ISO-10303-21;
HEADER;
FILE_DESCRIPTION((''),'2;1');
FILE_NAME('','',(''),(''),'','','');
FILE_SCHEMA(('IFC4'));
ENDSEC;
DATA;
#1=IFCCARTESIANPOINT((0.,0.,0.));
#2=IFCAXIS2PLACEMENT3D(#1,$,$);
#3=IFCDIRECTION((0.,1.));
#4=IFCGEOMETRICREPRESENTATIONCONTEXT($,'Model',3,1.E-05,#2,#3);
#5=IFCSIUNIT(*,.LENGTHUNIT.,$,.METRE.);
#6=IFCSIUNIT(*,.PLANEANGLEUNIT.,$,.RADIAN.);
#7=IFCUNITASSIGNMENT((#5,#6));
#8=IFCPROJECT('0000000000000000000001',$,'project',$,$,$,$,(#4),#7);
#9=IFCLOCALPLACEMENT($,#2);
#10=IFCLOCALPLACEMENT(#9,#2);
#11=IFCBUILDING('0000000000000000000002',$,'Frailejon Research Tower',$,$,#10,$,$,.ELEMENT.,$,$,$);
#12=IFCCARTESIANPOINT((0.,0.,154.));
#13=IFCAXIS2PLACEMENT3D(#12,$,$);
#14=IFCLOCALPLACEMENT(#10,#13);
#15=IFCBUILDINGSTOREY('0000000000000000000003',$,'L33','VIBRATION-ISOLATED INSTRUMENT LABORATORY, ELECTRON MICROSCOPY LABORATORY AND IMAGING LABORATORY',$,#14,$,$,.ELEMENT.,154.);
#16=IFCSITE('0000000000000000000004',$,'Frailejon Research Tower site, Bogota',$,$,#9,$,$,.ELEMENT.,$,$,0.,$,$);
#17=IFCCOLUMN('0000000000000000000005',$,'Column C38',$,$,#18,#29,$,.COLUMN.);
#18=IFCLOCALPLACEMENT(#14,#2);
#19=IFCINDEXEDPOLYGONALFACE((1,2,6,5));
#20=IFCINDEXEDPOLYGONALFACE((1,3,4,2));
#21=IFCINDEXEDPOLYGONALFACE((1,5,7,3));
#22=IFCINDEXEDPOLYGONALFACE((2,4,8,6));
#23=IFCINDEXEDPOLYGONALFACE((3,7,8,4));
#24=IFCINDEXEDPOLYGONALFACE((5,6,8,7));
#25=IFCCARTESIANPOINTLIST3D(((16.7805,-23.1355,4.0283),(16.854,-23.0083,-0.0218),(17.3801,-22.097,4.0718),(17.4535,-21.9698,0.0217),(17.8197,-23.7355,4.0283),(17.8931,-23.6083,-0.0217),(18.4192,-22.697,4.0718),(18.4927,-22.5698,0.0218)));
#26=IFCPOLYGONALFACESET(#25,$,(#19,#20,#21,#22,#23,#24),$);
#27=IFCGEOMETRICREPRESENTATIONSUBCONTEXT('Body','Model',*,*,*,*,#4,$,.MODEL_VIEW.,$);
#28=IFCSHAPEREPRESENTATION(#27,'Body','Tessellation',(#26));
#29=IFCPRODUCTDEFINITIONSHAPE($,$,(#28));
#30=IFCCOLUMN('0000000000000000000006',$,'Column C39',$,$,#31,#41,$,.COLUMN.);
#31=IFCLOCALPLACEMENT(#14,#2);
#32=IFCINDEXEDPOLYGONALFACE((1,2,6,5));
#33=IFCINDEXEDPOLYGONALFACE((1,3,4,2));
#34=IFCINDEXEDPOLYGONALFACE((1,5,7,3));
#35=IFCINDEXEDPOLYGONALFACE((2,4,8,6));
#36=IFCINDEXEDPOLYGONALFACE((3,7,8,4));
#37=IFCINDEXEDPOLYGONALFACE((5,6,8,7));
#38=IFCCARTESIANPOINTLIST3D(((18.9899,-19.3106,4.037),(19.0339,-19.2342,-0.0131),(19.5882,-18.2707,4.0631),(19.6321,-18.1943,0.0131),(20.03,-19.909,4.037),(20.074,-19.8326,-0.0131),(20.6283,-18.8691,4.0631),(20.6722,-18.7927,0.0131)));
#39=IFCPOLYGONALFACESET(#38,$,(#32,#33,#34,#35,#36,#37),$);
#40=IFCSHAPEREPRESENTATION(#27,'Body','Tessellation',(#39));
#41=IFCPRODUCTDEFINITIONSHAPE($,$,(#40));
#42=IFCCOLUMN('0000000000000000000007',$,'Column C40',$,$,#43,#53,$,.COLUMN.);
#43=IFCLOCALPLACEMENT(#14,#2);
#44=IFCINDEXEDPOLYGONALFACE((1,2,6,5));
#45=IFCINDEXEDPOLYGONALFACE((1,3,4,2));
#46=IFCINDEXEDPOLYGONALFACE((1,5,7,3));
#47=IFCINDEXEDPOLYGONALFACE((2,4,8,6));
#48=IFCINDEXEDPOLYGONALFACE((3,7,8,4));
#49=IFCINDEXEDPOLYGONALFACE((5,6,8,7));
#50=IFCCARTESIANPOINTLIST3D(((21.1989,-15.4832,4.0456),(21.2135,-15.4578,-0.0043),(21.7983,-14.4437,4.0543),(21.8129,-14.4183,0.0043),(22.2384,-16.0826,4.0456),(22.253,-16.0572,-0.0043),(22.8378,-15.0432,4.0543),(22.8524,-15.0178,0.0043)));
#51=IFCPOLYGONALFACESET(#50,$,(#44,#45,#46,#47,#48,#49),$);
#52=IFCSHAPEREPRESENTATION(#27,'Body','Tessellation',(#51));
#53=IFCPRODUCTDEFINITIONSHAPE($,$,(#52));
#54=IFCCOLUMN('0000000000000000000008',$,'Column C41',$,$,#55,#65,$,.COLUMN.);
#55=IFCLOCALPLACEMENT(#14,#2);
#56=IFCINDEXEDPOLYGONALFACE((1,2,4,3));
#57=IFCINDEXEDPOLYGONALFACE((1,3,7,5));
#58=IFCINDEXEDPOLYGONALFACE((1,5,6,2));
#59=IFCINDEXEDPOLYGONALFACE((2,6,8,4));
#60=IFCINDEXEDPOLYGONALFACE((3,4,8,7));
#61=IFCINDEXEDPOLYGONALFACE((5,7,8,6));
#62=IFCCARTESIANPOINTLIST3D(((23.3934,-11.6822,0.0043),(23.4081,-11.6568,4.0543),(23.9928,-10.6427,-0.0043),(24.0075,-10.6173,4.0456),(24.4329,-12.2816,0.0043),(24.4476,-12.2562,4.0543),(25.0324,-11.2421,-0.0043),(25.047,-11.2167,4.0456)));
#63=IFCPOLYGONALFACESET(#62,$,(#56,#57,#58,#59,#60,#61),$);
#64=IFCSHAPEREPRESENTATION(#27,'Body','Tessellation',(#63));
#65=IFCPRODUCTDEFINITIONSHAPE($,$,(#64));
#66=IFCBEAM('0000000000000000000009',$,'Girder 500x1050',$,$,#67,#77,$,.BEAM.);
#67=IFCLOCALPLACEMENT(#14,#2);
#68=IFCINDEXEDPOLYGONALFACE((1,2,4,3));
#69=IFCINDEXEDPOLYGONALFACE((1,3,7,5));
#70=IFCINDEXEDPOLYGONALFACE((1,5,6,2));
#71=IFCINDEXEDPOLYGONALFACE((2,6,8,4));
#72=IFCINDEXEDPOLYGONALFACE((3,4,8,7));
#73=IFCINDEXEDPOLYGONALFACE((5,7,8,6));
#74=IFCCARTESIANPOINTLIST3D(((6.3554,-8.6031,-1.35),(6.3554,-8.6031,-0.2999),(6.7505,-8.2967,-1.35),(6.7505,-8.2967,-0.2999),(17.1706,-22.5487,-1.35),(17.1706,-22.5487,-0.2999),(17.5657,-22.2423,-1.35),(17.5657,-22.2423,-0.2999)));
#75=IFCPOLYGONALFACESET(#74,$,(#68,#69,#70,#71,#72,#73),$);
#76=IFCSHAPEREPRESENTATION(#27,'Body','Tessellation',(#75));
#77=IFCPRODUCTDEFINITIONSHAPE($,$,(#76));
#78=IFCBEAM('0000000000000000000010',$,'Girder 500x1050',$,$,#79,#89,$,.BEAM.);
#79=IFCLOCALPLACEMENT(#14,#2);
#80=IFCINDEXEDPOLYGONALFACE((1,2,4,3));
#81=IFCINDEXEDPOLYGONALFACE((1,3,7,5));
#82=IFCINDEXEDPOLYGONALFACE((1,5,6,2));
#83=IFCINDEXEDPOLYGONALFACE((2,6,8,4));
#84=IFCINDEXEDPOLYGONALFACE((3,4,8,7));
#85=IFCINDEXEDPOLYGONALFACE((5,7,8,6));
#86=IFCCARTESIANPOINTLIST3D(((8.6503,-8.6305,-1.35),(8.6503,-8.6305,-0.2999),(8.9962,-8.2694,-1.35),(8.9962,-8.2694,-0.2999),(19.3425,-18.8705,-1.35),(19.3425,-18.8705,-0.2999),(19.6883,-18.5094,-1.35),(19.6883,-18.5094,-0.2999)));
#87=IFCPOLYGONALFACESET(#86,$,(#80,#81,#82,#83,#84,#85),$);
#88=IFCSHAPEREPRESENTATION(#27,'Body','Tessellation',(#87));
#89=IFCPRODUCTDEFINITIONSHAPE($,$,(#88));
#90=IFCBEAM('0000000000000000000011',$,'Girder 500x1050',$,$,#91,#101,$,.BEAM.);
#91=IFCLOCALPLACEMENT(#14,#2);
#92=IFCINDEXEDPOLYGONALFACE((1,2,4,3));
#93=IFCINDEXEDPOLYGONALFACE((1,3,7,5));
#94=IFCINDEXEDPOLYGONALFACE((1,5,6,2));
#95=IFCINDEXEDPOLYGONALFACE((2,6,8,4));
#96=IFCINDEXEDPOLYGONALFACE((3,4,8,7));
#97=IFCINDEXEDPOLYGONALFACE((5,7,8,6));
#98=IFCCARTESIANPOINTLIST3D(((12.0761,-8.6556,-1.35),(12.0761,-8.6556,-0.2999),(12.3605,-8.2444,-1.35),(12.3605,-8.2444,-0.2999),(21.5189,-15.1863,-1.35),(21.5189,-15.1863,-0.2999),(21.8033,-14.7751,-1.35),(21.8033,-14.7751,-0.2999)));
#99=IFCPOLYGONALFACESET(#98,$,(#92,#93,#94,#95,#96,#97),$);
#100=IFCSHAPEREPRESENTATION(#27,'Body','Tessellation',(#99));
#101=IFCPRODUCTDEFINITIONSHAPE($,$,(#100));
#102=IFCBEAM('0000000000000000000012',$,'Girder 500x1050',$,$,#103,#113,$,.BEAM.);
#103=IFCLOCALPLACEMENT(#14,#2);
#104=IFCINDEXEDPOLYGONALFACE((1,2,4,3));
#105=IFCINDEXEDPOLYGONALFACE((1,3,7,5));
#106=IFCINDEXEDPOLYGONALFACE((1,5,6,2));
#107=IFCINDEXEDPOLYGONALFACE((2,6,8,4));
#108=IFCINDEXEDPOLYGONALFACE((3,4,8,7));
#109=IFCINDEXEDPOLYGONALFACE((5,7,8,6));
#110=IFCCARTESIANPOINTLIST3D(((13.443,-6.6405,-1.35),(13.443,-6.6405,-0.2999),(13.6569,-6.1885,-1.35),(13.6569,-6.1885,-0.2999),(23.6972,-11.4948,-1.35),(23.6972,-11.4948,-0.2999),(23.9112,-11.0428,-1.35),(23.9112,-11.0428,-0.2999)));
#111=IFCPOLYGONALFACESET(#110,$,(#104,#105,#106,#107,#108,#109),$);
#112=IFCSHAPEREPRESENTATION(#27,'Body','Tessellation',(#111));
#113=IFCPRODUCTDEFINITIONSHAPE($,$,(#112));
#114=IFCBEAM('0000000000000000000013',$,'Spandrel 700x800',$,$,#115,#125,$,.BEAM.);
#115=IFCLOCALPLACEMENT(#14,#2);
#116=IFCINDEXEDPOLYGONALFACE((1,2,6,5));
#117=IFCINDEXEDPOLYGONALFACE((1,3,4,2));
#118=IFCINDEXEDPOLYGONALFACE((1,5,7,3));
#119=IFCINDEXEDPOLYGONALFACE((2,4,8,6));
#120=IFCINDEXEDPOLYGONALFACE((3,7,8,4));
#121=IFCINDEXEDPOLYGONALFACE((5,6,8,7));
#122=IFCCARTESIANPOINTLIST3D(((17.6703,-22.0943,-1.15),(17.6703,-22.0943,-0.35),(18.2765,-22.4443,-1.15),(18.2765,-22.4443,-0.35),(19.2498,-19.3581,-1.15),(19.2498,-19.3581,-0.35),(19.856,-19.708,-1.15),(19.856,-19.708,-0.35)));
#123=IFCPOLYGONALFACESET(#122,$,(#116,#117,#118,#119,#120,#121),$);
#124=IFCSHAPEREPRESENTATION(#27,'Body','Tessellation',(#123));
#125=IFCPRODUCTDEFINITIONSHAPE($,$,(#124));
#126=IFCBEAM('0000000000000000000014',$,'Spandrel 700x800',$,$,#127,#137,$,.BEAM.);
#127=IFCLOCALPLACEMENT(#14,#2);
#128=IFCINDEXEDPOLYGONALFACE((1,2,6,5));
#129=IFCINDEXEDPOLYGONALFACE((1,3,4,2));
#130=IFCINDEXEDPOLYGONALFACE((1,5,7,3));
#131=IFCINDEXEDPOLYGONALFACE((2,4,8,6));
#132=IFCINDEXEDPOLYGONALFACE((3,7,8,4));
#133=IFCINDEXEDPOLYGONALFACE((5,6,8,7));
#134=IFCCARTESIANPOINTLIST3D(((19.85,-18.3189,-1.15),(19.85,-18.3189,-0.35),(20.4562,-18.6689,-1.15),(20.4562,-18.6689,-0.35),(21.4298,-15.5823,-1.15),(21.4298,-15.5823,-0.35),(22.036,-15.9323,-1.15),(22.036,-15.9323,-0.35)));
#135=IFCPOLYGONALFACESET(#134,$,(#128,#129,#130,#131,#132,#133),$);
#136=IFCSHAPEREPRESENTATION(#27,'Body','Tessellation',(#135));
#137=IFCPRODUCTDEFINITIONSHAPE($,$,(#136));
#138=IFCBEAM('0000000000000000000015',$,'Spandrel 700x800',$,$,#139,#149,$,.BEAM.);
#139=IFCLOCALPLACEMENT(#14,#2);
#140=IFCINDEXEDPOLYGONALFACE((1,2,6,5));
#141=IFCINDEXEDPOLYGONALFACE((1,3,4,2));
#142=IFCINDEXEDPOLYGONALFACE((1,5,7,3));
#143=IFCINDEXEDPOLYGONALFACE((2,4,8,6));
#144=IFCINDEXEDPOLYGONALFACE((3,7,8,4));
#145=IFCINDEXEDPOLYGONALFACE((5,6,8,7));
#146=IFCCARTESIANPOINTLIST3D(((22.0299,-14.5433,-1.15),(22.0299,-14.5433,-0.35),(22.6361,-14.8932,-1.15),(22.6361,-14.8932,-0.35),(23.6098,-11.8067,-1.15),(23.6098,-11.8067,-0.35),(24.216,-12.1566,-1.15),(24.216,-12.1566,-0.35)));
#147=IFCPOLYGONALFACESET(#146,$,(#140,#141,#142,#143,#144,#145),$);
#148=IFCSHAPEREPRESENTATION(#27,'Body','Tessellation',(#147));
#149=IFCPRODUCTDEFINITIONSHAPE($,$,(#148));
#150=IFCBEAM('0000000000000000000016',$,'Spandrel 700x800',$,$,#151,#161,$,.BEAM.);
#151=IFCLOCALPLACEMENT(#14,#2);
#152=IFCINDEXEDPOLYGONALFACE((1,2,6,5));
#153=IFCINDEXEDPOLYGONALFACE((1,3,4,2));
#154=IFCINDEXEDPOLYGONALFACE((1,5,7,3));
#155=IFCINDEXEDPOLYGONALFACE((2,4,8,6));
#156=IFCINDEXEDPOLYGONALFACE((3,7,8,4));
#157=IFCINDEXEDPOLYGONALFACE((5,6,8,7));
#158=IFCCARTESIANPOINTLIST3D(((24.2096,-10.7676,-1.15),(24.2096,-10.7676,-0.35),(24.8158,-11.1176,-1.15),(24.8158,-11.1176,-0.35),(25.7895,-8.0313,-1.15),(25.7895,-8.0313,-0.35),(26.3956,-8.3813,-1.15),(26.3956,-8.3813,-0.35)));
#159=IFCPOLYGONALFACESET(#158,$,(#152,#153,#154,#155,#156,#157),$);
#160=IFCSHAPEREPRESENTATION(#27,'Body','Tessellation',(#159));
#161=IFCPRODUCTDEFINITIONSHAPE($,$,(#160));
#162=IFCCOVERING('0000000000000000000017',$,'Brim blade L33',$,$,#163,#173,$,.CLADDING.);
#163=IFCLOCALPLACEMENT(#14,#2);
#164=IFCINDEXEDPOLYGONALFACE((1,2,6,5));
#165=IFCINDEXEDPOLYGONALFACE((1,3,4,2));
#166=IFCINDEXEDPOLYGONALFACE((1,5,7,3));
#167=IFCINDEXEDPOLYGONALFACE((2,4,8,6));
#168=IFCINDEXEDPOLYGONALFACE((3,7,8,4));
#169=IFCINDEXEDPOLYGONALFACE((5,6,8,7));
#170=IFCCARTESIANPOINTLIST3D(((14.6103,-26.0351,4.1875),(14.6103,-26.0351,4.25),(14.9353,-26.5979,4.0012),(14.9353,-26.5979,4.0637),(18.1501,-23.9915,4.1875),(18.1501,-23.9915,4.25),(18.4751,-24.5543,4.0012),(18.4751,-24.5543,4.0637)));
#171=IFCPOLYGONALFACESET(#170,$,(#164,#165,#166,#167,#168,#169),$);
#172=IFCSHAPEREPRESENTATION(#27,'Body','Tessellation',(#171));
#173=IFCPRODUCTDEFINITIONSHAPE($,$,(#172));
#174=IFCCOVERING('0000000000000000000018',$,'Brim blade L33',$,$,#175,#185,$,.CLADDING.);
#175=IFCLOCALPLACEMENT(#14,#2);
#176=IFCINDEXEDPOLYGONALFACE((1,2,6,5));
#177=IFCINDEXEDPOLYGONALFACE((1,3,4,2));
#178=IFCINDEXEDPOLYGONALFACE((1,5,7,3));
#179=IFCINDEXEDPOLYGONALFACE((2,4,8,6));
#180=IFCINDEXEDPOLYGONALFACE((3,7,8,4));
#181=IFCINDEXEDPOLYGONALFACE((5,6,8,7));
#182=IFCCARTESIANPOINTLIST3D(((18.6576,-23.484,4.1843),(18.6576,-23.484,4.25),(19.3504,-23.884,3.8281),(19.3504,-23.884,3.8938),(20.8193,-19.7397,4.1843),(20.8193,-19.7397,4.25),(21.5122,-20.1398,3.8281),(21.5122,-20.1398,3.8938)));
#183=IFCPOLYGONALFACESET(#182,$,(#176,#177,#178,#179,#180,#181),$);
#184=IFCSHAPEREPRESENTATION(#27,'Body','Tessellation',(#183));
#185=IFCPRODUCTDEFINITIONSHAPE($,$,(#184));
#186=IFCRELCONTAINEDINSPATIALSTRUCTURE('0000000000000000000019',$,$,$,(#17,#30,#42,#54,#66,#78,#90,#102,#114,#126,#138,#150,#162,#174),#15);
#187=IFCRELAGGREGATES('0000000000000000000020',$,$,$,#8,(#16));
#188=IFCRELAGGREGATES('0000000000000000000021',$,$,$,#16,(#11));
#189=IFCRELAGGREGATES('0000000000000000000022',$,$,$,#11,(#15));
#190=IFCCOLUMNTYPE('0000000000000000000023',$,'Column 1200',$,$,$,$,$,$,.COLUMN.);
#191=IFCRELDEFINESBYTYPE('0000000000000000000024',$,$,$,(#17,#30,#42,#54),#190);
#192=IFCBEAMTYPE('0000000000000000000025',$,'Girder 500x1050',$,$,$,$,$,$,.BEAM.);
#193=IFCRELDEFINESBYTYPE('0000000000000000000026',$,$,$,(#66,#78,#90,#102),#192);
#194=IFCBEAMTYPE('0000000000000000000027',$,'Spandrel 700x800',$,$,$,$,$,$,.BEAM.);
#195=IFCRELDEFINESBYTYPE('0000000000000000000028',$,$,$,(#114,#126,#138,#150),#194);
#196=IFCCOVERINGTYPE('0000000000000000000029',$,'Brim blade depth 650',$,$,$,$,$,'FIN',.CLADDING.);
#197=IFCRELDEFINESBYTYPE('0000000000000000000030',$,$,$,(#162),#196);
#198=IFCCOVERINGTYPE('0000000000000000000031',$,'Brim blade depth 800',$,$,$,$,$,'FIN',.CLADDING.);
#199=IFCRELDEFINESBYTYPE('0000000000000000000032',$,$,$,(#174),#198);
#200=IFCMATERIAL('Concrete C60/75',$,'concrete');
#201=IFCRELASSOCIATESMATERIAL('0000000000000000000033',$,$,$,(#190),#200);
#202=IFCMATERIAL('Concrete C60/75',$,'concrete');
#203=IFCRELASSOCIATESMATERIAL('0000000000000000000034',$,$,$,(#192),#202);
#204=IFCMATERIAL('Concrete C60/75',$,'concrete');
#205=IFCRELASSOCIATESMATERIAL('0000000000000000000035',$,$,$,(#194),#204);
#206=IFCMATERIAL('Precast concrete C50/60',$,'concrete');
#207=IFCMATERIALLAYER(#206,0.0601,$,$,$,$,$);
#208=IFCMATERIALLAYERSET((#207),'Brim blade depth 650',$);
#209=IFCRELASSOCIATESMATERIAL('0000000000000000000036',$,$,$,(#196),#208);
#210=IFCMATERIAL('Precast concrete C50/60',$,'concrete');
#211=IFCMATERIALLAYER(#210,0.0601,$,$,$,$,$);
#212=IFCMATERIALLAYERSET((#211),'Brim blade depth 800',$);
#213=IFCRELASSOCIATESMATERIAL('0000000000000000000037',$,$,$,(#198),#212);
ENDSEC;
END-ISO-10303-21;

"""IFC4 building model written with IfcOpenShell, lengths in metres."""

from ifc_helpers import new_model, si_unit, direction, frame, origin, origin_2d, place, context, subcontext, project, spatial, polyline, rectangle, outline, extrude, material, layer, layer_set, material_profile, profile_set, type_object, element, save


model = new_model("IFC4")

# Units and contexts
model_context = context("Model", 3, precision=1e-05, world=origin(), true_north=direction((0.0, 1.0)))
body_context = subcontext(model_context, "Body", "Model", "MODEL_VIEW")
ifc_project = project(units=[si_unit("LENGTHUNIT", "METRE"), si_unit("PLANEANGLEUNIT", "RADIAN")], contexts=[model_context])

# Site, building, storey
site_placement = place(None, origin())
site = spatial("IfcSite", under=ifc_project, at=site_placement, Name="Frailejon Research Tower site, Bogota", CompositionType="ELEMENT", RefElevation=0.0)
building_placement = place(site_placement, origin())
building = spatial("IfcBuilding", under=site, at=building_placement, Name="Frailejon Research Tower", CompositionType="ELEMENT")
storey_placement = place(building_placement, frame((0.0, 0.0, 154.0)))
storey = spatial("IfcBuildingStorey", under=building, at=storey_placement, Name="L33", Description="VIBRATION-ISOLATED INSTRUMENT LABORATORY, ELECTRON MICROSCOPY LABORATORY AND IMAGING LABORATORY", CompositionType="ELEMENT", Elevation=154.0)

# Columns
ifc_material_1 = material(Name="Concrete C60/75", Category="concrete")
ifc_material_profile_1 = material_profile(ifc_material_1, rectangle(XDim=1.2, YDim=1.2, at=origin_2d()), Name="Column 1200")
ifc_profile_set_1 = profile_set([ifc_material_profile_1], Name="Concrete C60/75")
column_type = type_object("IfcColumnType", Name="Column 1200", PredefinedType="COLUMN", material=ifc_profile_set_1)
column_1_placement = place(storey_placement, frame((17.6733, -22.7891, 0.0), z_axis=(-0.018133, -0.031386, 0.999343), x_axis=(0.499675, 0.865454, 0.036247)))
element("IfcColumn", 1, at=column_1_placement, inside=storey, type_object=column_type, Name="Column C38", PredefinedType="COLUMN", context=body_context, shape_type="SweptSolid", body=[
    extrude(rectangle(XDim=1.2, YDim=1.2, at=origin_2d()), origin(), (0.0, 0.0, 1.0), 4.0527),
])
column_2_placement = place(storey_placement, frame((19.853, -19.0134, 0.0), z_axis=(-0.010848, -0.018863, 0.999763), x_axis=(0.498562, 0.866581, 0.02176)))
element("IfcColumn", 2, at=column_2_placement, inside=storey, type_object=column_type, Name="Column C39", PredefinedType="COLUMN", context=body_context, shape_type="SweptSolid", body=[
    extrude(rectangle(XDim=1.2, YDim=1.2, at=origin_2d()), origin(), (0.0, 0.0, 1.0), 4.051),
])
for number, where, z_axis, x_axis, name in (
    (3, (22.033, -15.2378, 0.0), (-0.003617, -0.006269, 0.999974), (0.499536, 0.866263, 0.007238), "Column C40"),
    (4, (24.2129, -11.4622, 0.0), (0.003617, 0.006269, 0.999974), (0.499536, 0.866263, -0.007238), "Column C41"),
):
    element("IfcColumn", number, at=place(storey_placement, frame(where, z_axis=z_axis, x_axis=x_axis)), inside=storey, type_object=column_type, Name=name, PredefinedType="COLUMN", context=body_context, shape_type="SweptSolid", body=[
        extrude(rectangle(XDim=1.2, YDim=1.2, at=origin_2d()), origin(), (0.0, 0.0, 1.0), 4.05),
    ])

# Beams
ifc_material_2 = material(Name="Concrete C60/75", Category="concrete")
ifc_material_profile_2 = material_profile(ifc_material_2, rectangle(XDim=0.5, YDim=1.05, at=origin_2d()), Name="Girder 500x1050")
ifc_profile_set_2 = profile_set([ifc_material_profile_2], Name="Concrete C60/75")
beam_type_1 = type_object("IfcBeamType", Name="Girder 500x1050", PredefinedType="BEAM", material=ifc_profile_set_2)
beam_1_placement = place(storey_placement, frame((17.3682, -22.3955, -0.825), z_axis=(-0.612833, 0.790213, 0.0), x_axis=(-0.790213, -0.612833, 0.0)))
element("IfcBeam", 5, at=beam_1_placement, inside=storey, type_object=beam_type_1, Name="Girder 500x1050", PredefinedType="BEAM", context=body_context, shape_type="SweptSolid", body=[
    extrude(rectangle(XDim=0.5, YDim=1.05, at=origin_2d()), origin(), (0.0, 0.0, 1.0), 17.6479),
])
beam_2_placement = place(storey_placement, frame((19.5154, -18.6899, -0.825), z_axis=(-0.722212, 0.691671, 0.0), x_axis=(-0.691671, -0.722212, 0.0)))
element("IfcBeam", 6, at=beam_2_placement, inside=storey, type_object=beam_type_1, Name="Girder 500x1050", PredefinedType="BEAM", context=body_context, shape_type="SweptSolid", body=[
    extrude(rectangle(XDim=0.5, YDim=1.05, at=origin_2d()), origin(), (0.0, 0.0, 1.0), 14.8047),
])
beam_3_placement = place(storey_placement, frame((21.6611, -14.9807, -0.825), z_axis=(-0.822462, 0.568821, 0.0), x_axis=(-0.568821, -0.822462, 0.0)))
element("IfcBeam", 7, at=beam_3_placement, inside=storey, type_object=beam_type_1, Name="Girder 500x1050", PredefinedType="BEAM", context=body_context, shape_type="SweptSolid", body=[
    extrude(rectangle(XDim=0.5, YDim=1.05, at=origin_2d()), origin(), (0.0, 0.0, 1.0), 11.4812),
])
beam_4_placement = place(storey_placement, frame((23.8042, -11.2688, -0.825), z_axis=(-0.903839, 0.427872, 0.0), x_axis=(-0.427872, -0.903839, 0.0)))
element("IfcBeam", 8, at=beam_4_placement, inside=storey, type_object=beam_type_1, Name="Girder 500x1050", PredefinedType="BEAM", context=body_context, shape_type="SweptSolid", body=[
    extrude(rectangle(XDim=0.5, YDim=1.05, at=origin_2d()), origin(), (0.0, 0.0, 1.0), 11.3452),
])
ifc_material_3 = material(Name="Concrete C60/75", Category="concrete")
ifc_material_profile_3 = material_profile(ifc_material_3, rectangle(XDim=0.7, YDim=0.8, at=origin_2d()), Name="Spandrel 700x800")
ifc_profile_set_3 = profile_set([ifc_material_profile_3], Name="Concrete C60/75")
beam_type_2 = type_object("IfcBeamType", Name="Spandrel 700x800", PredefinedType="BEAM", material=ifc_profile_set_3)
beam_5_placement = place(storey_placement, frame((17.9734, -22.2693, -0.75), z_axis=(0.499945, 0.866057, 0.0), x_axis=(-0.866057, 0.499945, 0.0)))
element("IfcBeam", 9, at=beam_5_placement, inside=storey, type_object=beam_type_2, Name="Spandrel 700x800", PredefinedType="BEAM", context=body_context, shape_type="SweptSolid", body=[
    extrude(rectangle(XDim=0.7, YDim=0.8, at=origin_2d()), origin(), (0.0, 0.0, 1.0), 3.1594),
])
for number, where, z_axis, x_axis, name in (
    (10, (20.1531, -18.4939, -0.75), (0.49997, 0.866043, 0.0), (-0.866043, 0.49997, 0.0), "Spandrel 700x800"),
    (11, (22.333, -14.7183, -0.75), (0.49997, 0.866043, 0.0), (-0.866043, 0.49997, 0.0), "Spandrel 700x800"),
):
    element("IfcBeam", number, at=place(storey_placement, frame(where, z_axis=z_axis, x_axis=x_axis)), inside=storey, type_object=beam_type_2, Name=name, PredefinedType="BEAM", context=body_context, shape_type="SweptSolid", body=[
        extrude(rectangle(XDim=0.7, YDim=0.8, at=origin_2d()), origin(), (0.0, 0.0, 1.0), 3.1599),
    ])
beam_6_placement = place(storey_placement, frame((24.5127, -10.9426, -0.75), z_axis=(0.500003, 0.866023, 0.0), x_axis=(-0.866023, 0.500003, 0.0)))
element("IfcBeam", 12, at=beam_6_placement, inside=storey, type_object=beam_type_2, Name="Spandrel 700x800", PredefinedType="BEAM", context=body_context, shape_type="SweptSolid", body=[
    extrude(rectangle(XDim=0.7, YDim=0.8, at=origin_2d()), origin(), (0.0, 0.0, 1.0), 3.1597),
])

# Coverings
ifc_material_4 = material(Name="Precast concrete C50/60", Category="concrete")
ifc_layer_1 = layer(ifc_material_4, 0.0601)
ifc_layer_set_1 = layer_set([ifc_layer_1], Name="Brim blade depth 650")
covering_type_1 = type_object("IfcCoveringType", Name="Brim blade depth 650", ElementType="FIN", PredefinedType="CLADDING", material=ifc_layer_set_1)
covering_1_placement = place(storey_placement, frame((18.1501, -23.9915, 4.25), z_axis=(-0.866032, -0.499989, 0.0), x_axis=(0.499989, -0.866032, 0.0)))
element("IfcCovering", 13, at=covering_1_placement, inside=storey, type_object=covering_type_1, Name="Brim blade L33", PredefinedType="CLADDING", context=body_context, shape_type="SweptSolid", body=[
    extrude(outline(polyline([(0.0, -0.0625), (0.6499, -0.2488), (0.6499, -0.1863), (0.0, 0.0), (0.0, -0.0625)])), origin(), (0.0, 0.0, 1.0), 4.0874),
])
ifc_material_5 = material(Name="Precast concrete C50/60", Category="concrete")
ifc_layer_2 = layer(ifc_material_5, 0.0601)
ifc_layer_set_2 = layer_set([ifc_layer_2], Name="Brim blade depth 800")
covering_type_2 = type_object("IfcCoveringType", Name="Brim blade depth 800", ElementType="FIN", PredefinedType="CLADDING", material=ifc_layer_set_2)
covering_2_placement = place(storey_placement, frame((20.8193, -19.7397, 4.25), z_axis=(-0.500005, -0.866023, 0.0), x_axis=(0.866023, -0.500005, 0.0)))
element("IfcCovering", 14, at=covering_2_placement, inside=storey, type_object=covering_type_2, Name="Brim blade L33", PredefinedType="CLADDING", context=body_context, shape_type="SweptSolid", body=[
    extrude(outline(polyline([(0.0, -0.0657), (0.8, -0.4219), (0.8, -0.3562), (0.0, 0.0), (0.0, -0.0657)])), origin(), (0.0, 0.0, 1.0), 4.3235),
])

save(model, "model.ifc")
